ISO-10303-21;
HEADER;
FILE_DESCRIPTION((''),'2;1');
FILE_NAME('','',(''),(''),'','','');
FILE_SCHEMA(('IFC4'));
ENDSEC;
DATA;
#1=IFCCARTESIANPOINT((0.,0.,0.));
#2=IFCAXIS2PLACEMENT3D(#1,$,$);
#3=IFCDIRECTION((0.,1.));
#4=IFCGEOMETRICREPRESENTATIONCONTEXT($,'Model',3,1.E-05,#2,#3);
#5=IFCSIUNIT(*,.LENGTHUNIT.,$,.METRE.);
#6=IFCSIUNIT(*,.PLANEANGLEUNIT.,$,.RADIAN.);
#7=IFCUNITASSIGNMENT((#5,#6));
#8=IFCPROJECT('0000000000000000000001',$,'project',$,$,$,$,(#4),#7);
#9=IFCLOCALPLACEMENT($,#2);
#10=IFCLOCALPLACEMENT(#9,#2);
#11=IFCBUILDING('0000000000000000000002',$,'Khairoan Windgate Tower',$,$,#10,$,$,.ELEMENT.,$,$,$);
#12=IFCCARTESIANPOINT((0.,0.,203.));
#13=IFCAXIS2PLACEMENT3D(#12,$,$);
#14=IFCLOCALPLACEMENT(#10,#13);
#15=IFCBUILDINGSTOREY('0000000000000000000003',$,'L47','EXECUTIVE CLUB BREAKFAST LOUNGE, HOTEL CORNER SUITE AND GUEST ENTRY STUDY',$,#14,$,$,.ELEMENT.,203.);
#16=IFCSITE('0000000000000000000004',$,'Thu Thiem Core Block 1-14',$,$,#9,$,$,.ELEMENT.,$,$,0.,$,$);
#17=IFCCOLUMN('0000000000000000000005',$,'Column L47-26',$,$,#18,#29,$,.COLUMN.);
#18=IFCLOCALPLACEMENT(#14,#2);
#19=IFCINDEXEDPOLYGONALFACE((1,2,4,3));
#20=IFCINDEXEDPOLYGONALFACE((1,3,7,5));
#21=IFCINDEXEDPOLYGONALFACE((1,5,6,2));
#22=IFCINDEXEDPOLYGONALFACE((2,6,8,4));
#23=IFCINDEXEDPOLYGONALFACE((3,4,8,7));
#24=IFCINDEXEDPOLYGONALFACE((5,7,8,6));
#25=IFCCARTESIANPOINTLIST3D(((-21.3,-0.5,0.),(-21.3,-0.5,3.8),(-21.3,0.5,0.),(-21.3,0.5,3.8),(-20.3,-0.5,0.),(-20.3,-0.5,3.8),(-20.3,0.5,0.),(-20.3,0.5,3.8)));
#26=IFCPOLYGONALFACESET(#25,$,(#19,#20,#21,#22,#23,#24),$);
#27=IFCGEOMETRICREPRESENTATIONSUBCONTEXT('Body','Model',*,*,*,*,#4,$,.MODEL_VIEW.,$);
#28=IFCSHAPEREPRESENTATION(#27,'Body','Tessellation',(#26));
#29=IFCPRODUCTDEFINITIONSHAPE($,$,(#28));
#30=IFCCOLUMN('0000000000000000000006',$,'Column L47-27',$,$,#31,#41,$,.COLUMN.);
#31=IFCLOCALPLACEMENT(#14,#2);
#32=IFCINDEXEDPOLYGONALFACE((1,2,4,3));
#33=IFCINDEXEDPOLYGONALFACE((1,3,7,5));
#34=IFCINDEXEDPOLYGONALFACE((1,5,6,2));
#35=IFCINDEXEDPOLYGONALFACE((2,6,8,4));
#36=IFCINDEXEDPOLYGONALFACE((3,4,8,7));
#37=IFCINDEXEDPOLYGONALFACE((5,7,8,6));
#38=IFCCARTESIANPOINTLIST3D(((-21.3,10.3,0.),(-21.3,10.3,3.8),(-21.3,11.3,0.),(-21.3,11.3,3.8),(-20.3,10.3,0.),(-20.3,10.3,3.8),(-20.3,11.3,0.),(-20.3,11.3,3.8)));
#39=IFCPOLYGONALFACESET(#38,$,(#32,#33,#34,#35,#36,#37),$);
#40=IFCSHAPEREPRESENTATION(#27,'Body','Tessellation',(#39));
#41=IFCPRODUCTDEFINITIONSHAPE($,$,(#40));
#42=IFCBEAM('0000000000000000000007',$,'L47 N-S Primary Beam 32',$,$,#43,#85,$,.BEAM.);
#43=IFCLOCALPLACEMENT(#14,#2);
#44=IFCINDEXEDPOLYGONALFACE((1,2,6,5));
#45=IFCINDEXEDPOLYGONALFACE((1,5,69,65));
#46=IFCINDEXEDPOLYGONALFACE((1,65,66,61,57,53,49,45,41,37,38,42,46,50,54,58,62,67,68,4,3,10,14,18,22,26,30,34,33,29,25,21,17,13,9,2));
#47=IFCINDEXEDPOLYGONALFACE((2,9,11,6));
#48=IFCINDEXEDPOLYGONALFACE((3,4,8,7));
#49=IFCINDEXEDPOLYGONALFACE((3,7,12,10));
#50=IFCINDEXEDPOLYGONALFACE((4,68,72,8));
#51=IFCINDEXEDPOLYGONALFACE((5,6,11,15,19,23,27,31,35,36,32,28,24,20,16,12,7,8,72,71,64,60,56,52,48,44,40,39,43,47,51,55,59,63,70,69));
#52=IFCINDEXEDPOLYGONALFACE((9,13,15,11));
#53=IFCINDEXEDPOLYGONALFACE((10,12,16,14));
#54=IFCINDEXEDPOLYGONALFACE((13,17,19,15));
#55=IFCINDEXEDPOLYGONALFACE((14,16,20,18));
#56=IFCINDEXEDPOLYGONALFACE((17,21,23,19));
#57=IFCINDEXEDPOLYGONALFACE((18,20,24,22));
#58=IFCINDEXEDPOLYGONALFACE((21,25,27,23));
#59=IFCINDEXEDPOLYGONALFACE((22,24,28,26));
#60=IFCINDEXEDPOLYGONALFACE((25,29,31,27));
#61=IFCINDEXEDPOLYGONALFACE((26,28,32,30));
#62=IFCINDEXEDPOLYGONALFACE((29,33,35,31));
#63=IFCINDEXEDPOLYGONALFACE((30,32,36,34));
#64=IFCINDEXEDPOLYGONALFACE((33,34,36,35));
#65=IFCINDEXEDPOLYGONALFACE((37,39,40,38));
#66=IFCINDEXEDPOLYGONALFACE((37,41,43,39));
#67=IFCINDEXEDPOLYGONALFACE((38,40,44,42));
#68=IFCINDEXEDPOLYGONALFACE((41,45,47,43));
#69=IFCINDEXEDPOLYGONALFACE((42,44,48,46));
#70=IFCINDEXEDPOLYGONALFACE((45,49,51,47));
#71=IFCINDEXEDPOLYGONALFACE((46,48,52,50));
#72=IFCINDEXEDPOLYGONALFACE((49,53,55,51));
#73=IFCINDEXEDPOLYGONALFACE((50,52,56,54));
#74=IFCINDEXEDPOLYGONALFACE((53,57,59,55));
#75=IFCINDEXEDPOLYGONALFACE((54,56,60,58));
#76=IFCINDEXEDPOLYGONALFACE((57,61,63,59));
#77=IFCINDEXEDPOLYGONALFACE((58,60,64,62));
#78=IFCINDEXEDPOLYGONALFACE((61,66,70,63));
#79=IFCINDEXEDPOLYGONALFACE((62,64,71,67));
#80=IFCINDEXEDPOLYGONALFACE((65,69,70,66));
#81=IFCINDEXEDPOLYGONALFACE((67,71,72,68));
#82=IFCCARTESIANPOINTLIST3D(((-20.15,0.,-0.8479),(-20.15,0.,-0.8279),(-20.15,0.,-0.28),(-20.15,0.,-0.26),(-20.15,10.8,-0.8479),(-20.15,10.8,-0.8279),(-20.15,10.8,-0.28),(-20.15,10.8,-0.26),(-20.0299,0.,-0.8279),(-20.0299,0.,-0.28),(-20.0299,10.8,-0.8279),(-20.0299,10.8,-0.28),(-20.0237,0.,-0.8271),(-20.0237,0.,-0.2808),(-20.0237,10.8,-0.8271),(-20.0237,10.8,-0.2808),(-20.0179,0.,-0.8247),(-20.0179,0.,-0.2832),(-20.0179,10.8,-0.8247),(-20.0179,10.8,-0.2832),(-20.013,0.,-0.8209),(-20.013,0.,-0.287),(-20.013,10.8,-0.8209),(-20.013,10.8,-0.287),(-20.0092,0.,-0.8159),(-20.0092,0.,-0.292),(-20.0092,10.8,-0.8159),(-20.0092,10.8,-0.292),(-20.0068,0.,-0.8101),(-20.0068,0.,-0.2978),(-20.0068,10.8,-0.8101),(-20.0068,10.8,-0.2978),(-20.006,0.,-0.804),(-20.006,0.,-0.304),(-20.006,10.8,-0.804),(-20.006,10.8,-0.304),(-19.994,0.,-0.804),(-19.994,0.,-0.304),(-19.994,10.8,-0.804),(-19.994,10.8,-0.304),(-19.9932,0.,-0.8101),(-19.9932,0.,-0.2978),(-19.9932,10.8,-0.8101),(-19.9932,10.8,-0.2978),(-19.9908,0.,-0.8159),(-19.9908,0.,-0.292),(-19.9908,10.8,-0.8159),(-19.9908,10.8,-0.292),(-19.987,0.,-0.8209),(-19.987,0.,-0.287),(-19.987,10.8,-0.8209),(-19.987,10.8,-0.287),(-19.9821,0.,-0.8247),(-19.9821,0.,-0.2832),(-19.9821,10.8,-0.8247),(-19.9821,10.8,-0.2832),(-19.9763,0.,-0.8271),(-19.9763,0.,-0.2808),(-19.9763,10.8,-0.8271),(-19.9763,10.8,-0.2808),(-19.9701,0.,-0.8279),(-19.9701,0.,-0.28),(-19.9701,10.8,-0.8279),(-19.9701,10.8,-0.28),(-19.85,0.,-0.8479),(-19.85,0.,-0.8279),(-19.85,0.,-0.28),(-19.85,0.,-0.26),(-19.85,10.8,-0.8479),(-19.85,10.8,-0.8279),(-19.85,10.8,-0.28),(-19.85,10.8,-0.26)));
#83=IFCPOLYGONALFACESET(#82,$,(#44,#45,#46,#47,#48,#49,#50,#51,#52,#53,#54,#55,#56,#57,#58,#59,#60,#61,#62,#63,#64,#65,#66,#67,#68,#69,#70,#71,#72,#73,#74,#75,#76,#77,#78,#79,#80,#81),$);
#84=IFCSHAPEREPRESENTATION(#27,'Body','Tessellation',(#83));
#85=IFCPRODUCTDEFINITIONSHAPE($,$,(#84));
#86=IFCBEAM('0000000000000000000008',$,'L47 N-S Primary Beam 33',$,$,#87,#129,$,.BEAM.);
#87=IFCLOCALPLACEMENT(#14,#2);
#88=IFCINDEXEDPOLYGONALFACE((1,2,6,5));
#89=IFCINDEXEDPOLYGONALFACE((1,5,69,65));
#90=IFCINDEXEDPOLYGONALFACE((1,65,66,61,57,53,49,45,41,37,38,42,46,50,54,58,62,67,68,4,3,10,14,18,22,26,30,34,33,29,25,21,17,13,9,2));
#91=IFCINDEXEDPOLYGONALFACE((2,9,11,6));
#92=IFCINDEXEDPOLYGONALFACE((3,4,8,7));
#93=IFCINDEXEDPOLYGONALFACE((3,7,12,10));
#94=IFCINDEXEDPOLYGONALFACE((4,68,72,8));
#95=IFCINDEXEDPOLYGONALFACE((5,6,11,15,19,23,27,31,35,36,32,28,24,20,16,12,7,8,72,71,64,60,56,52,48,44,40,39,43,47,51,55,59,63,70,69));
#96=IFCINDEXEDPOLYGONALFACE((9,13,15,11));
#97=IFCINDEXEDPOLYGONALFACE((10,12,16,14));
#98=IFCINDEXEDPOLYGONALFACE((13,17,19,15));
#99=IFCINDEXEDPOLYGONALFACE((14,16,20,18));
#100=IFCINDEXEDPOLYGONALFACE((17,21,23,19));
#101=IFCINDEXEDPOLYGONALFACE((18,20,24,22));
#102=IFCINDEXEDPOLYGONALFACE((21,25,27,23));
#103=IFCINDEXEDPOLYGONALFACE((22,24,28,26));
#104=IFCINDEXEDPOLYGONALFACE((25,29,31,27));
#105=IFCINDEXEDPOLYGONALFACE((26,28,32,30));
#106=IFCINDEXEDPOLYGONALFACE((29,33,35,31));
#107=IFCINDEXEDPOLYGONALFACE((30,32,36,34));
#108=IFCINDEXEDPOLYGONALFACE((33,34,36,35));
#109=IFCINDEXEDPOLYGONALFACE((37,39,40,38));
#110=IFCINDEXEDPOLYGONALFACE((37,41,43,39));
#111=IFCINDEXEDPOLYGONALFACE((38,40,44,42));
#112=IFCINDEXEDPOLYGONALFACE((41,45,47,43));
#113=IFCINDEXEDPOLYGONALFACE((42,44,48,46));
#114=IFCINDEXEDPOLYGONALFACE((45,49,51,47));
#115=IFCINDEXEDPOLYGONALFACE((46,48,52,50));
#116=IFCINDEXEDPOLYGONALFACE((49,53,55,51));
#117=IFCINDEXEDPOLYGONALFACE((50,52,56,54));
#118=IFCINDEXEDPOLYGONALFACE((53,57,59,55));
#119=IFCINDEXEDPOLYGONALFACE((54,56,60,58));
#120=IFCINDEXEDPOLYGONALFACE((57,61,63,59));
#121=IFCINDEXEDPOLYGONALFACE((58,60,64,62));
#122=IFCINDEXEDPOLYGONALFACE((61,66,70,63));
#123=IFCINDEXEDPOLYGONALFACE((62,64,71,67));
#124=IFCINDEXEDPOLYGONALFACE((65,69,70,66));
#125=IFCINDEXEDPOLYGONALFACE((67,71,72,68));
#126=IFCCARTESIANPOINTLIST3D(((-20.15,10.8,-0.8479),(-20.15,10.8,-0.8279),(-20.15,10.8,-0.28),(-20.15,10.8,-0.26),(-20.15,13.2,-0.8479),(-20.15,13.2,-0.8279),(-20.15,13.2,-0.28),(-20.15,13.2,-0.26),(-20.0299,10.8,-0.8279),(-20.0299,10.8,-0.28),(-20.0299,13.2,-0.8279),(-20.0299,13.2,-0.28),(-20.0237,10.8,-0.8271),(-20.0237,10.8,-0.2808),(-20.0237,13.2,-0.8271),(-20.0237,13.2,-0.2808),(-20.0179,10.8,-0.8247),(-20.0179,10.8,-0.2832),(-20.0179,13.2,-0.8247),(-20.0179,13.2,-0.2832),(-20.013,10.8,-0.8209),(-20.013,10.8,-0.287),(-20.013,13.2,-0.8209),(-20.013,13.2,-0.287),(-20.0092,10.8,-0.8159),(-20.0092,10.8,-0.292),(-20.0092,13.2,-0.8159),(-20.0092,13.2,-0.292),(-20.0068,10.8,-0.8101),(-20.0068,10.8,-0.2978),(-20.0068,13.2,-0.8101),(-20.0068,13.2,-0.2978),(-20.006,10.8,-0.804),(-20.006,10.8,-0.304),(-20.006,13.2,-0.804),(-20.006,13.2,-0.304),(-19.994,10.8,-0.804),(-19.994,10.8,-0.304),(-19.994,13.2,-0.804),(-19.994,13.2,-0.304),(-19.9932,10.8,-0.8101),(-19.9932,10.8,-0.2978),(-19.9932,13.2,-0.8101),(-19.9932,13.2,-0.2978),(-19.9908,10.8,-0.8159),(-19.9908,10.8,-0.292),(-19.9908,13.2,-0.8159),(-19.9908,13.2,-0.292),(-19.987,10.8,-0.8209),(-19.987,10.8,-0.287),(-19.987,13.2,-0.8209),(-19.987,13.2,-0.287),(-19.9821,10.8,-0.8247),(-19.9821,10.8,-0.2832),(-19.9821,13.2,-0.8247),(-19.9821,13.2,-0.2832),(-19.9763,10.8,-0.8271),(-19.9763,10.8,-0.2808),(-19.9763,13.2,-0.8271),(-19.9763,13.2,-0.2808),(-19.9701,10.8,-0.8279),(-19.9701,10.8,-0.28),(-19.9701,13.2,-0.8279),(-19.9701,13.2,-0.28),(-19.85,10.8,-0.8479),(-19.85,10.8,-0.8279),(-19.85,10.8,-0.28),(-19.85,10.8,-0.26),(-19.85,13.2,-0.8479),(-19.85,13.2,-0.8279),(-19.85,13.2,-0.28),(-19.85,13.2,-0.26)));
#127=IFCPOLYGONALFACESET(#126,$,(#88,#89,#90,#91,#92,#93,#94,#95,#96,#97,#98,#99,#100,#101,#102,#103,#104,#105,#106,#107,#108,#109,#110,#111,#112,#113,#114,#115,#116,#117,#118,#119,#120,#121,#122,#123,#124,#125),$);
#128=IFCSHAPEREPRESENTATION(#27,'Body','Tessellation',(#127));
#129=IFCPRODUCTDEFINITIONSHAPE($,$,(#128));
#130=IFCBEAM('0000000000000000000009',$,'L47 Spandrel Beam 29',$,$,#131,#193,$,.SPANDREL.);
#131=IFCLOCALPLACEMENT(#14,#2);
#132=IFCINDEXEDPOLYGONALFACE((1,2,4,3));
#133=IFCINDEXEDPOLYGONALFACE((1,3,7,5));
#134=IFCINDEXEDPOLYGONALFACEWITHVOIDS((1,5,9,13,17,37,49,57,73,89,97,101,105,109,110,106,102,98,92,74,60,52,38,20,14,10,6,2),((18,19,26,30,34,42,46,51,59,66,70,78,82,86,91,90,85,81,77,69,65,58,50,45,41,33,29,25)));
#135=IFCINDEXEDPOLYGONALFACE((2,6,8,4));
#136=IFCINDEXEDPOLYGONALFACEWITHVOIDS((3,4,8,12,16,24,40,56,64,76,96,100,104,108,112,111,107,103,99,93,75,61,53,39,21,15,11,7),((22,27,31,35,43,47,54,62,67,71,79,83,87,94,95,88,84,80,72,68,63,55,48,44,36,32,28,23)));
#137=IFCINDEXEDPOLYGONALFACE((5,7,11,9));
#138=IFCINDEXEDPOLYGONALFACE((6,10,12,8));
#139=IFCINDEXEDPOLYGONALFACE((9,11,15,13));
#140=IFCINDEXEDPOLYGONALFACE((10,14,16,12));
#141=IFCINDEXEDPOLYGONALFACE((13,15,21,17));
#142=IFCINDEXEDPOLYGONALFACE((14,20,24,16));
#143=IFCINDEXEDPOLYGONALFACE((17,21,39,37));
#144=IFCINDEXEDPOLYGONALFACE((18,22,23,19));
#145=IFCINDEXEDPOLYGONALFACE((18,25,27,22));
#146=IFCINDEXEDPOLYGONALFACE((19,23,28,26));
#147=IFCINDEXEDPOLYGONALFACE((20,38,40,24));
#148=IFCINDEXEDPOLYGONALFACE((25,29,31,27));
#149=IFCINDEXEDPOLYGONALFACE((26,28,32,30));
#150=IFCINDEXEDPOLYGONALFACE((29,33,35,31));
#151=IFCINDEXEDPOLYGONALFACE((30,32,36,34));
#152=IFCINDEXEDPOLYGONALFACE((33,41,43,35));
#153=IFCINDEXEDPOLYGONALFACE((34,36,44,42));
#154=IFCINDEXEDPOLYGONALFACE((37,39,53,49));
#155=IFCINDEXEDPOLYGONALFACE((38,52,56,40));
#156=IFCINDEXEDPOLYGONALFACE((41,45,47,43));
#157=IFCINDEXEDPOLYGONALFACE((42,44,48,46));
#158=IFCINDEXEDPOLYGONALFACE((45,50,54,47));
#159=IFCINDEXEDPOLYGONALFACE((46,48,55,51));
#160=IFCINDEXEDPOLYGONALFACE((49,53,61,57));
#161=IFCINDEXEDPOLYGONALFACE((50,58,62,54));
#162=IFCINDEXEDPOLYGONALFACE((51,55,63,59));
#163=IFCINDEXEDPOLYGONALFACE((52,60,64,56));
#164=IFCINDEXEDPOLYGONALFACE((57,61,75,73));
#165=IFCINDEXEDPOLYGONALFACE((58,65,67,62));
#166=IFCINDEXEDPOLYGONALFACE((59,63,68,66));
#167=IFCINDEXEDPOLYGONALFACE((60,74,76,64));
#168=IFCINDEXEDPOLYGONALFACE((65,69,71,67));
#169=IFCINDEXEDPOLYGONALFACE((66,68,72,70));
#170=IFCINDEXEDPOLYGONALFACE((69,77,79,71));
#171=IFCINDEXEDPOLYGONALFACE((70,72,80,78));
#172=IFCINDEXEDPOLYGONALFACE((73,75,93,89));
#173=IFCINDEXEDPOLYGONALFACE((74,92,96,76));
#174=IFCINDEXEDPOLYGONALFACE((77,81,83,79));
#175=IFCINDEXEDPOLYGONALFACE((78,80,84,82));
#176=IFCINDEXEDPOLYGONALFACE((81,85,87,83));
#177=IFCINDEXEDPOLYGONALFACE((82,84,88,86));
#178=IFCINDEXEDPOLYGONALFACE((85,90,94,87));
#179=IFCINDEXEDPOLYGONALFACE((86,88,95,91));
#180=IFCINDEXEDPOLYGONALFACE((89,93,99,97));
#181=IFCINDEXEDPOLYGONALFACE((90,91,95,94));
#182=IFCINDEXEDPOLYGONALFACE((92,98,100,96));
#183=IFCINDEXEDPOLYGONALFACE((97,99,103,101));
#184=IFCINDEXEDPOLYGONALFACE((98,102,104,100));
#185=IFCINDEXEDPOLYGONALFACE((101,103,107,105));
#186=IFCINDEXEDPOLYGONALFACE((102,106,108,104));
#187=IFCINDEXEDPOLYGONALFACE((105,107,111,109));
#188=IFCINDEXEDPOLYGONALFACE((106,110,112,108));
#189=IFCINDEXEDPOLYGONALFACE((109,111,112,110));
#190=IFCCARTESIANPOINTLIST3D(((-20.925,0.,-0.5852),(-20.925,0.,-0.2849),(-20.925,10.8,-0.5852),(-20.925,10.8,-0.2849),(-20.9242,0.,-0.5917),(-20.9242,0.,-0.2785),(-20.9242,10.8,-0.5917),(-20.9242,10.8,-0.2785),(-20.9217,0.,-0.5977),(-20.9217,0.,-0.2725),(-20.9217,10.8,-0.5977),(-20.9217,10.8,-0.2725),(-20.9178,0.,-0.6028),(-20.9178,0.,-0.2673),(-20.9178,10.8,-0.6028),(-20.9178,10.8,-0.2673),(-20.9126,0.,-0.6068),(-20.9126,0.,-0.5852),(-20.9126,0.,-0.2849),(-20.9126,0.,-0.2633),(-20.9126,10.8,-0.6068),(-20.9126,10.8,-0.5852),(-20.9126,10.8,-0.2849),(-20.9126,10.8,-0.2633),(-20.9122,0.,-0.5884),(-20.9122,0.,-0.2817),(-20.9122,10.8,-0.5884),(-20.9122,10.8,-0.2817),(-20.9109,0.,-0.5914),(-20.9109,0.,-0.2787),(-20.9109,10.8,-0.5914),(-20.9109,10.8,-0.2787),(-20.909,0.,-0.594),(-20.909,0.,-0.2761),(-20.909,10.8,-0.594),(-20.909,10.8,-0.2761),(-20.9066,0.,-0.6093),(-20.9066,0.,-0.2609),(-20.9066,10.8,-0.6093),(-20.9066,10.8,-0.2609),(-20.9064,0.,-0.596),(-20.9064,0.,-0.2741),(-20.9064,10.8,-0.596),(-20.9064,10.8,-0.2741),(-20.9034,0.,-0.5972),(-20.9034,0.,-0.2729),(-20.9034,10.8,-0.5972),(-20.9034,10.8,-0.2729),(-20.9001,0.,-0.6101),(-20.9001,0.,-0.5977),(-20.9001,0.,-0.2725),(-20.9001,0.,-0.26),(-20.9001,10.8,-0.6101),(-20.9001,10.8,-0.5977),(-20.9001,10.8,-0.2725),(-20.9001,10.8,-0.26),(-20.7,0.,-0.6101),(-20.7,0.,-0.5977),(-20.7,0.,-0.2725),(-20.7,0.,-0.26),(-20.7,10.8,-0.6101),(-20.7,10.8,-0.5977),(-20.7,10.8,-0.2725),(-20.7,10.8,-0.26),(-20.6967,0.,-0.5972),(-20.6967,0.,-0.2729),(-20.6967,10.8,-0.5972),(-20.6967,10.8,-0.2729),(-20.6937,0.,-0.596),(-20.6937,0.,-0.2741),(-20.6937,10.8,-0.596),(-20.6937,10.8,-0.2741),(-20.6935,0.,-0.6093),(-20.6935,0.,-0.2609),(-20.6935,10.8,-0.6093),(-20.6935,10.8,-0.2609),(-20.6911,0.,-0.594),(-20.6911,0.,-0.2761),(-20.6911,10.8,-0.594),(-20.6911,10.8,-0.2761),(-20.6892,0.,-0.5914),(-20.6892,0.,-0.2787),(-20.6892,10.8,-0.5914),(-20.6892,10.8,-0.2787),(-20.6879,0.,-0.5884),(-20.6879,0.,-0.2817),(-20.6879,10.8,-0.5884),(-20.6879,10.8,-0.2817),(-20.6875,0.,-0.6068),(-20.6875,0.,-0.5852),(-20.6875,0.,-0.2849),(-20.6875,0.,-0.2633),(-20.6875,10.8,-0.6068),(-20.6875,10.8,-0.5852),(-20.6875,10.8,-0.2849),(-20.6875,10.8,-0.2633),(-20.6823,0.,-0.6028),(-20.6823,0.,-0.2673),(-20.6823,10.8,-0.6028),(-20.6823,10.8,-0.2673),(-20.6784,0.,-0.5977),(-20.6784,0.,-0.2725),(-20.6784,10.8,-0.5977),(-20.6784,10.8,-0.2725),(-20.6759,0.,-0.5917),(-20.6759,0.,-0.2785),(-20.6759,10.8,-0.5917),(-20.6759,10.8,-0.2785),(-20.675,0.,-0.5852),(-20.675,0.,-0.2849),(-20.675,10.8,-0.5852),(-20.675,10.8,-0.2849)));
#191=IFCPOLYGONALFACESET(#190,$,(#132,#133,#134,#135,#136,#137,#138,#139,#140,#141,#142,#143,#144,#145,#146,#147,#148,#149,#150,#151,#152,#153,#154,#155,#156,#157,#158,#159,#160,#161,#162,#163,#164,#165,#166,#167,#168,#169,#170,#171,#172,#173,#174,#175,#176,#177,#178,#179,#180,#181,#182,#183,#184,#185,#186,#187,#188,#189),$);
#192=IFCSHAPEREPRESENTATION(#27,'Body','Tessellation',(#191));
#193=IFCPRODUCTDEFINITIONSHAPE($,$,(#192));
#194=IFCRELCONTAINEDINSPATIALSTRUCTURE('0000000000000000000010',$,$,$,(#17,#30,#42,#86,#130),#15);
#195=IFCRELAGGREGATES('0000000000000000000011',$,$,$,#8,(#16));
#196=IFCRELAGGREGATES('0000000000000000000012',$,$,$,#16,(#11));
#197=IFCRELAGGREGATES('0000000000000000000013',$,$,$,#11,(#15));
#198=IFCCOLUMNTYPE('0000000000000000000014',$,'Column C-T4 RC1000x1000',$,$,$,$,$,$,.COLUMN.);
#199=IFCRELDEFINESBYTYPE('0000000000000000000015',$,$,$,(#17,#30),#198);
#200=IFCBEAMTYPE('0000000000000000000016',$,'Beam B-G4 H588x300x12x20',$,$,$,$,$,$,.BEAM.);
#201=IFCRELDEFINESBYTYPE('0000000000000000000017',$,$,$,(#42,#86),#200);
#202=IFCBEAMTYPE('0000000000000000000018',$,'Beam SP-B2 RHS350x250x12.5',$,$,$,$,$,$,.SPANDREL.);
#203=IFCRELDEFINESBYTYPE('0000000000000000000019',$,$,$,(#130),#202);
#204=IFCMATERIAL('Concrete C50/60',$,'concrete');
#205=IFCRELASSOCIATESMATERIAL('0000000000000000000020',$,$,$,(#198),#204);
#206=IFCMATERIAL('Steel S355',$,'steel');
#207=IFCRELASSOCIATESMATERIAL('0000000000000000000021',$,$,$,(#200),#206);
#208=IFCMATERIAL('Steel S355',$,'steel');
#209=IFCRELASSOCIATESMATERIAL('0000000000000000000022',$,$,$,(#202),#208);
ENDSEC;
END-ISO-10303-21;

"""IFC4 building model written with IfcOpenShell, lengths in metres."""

from ifc_helpers import new_model, si_unit, direction, frame, origin, origin_2d, place, context, subcontext, project, spatial, rectangle, hollow_rectangle, i_section, extrude, material, material_profile, profile_set, type_object, element, save


model = new_model("IFC4")

# Units and contexts
model_context = context("Model", 3, precision=1e-05, world=origin(), true_north=direction((0.0, 1.0)))
body_context = subcontext(model_context, "Body", "Model", "MODEL_VIEW")
ifc_project = project(units=[si_unit("LENGTHUNIT", "METRE"), si_unit("PLANEANGLEUNIT", "RADIAN")], contexts=[model_context])

# Site, building, storey
site_placement = place(None, origin())
site = spatial("IfcSite", under=ifc_project, at=site_placement, Name="Thu Thiem Core Block 1-14", CompositionType="ELEMENT", RefElevation=0.0)
building_placement = place(site_placement, origin())
building = spatial("IfcBuilding", under=site, at=building_placement, Name="Khairoan Windgate Tower", CompositionType="ELEMENT")
storey_placement = place(building_placement, frame((0.0, 0.0, 203.0)))
storey = spatial("IfcBuildingStorey", under=building, at=storey_placement, Name="L47", Description="EXECUTIVE CLUB BREAKFAST LOUNGE, HOTEL CORNER SUITE AND GUEST ENTRY STUDY", CompositionType="ELEMENT", Elevation=203.0)

# Columns
ifc_material_1 = material(Name="Concrete C50/60", Category="concrete")
ifc_material_profile_1 = material_profile(ifc_material_1, rectangle(XDim=1.0, YDim=1.0, at=origin_2d()))
ifc_profile_set_1 = profile_set([ifc_material_profile_1], Name="Concrete C50/60")
column_type = type_object("IfcColumnType", Name="Column C-T4 RC1000x1000", PredefinedType="COLUMN", material=ifc_profile_set_1)
for number, where, z_axis, x_axis, name in (
    (1, (-20.8, 0.0, 0.0), (0.0, 0.0, 1.0), (1.0, 0.0, 0.0), "Column L47-26"),
    (2, (-20.8, 10.8, 0.0), (0.0, 0.0, 1.0), (1.0, 0.0, 0.0), "Column L47-27"),
):
    element("IfcColumn", number, at=place(storey_placement, frame(where, z_axis=z_axis, x_axis=x_axis)), inside=storey, type_object=column_type, Name=name, PredefinedType="COLUMN", context=body_context, shape_type="SweptSolid", body=[
        extrude(rectangle(XDim=1.0, YDim=1.0, at=origin_2d()), origin(), (0.0, 0.0, 1.0), 3.8),
    ])

# Beams
ifc_material_2 = material(Name="Steel S355", Category="steel")
ifc_material_profile_2 = material_profile(ifc_material_2, i_section(OverallWidth=0.3, OverallDepth=0.5879, WebThickness=0.012, FlangeThickness=0.02, FilletRadius=0.0239, at=origin_2d()))
ifc_profile_set_2 = profile_set([ifc_material_profile_2], Name="Steel S355")
beam_type_1 = type_object("IfcBeamType", Name="Beam B-G4 H588x300x12x20", PredefinedType="BEAM", material=ifc_profile_set_2)
beam_1_placement = place(storey_placement, frame((-20.0, 0.0, -0.554), z_axis=(0.0, 1.0, 0.0), x_axis=(-1.0, 0.0, 0.0)))
element("IfcBeam", 3, at=beam_1_placement, inside=storey, type_object=beam_type_1, Name="L47 N-S Primary Beam 32", PredefinedType="BEAM", context=body_context, shape_type="SweptSolid", body=[
    extrude(i_section(OverallWidth=0.3, OverallDepth=0.5879, WebThickness=0.012, FlangeThickness=0.02, FilletRadius=0.0239, at=origin_2d()), origin(), (0.0, 0.0, 1.0), 10.8),
])
beam_2_placement = place(storey_placement, frame((-20.0, 10.8, -0.554), z_axis=(0.0, 1.0, 0.0), x_axis=(-1.0, 0.0, 0.0)))
element("IfcBeam", 4, at=beam_2_placement, inside=storey, type_object=beam_type_1, Name="L47 N-S Primary Beam 33", PredefinedType="BEAM", context=body_context, shape_type="SweptSolid", body=[
    extrude(i_section(OverallWidth=0.3, OverallDepth=0.5879, WebThickness=0.012, FlangeThickness=0.02, FilletRadius=0.0239, at=origin_2d()), origin(), (0.0, 0.0, 1.0), 2.3999),
])
ifc_material_3 = material(Name="Steel S355", Category="steel")
ifc_material_profile_3 = material_profile(ifc_material_3, hollow_rectangle(XDim=0.25, YDim=0.3501, WallThickness=0.0125, InnerFilletRadius=0.0125, OuterFilletRadius=0.0249, at=origin_2d()))
ifc_profile_set_3 = profile_set([ifc_material_profile_3], Name="Steel S355")
beam_type_2 = type_object("IfcBeamType", Name="Beam SP-B2 RHS350x250x12.5", PredefinedType="SPANDREL", material=ifc_profile_set_3)
beam_3_placement = place(storey_placement, frame((-20.8, 0.0, -0.4351), z_axis=(0.0, 1.0, 0.0), x_axis=(-1.0, 0.0, 0.0)))
element("IfcBeam", 5, at=beam_3_placement, inside=storey, type_object=beam_type_2, Name="L47 Spandrel Beam 29", PredefinedType="SPANDREL", context=body_context, shape_type="SweptSolid", body=[
    extrude(hollow_rectangle(XDim=0.25, YDim=0.3501, WallThickness=0.0125, InnerFilletRadius=0.0125, OuterFilletRadius=0.0249, at=origin_2d()), origin(), (0.0, 0.0, 1.0), 10.8),
])

save(model, "model.ifc")
